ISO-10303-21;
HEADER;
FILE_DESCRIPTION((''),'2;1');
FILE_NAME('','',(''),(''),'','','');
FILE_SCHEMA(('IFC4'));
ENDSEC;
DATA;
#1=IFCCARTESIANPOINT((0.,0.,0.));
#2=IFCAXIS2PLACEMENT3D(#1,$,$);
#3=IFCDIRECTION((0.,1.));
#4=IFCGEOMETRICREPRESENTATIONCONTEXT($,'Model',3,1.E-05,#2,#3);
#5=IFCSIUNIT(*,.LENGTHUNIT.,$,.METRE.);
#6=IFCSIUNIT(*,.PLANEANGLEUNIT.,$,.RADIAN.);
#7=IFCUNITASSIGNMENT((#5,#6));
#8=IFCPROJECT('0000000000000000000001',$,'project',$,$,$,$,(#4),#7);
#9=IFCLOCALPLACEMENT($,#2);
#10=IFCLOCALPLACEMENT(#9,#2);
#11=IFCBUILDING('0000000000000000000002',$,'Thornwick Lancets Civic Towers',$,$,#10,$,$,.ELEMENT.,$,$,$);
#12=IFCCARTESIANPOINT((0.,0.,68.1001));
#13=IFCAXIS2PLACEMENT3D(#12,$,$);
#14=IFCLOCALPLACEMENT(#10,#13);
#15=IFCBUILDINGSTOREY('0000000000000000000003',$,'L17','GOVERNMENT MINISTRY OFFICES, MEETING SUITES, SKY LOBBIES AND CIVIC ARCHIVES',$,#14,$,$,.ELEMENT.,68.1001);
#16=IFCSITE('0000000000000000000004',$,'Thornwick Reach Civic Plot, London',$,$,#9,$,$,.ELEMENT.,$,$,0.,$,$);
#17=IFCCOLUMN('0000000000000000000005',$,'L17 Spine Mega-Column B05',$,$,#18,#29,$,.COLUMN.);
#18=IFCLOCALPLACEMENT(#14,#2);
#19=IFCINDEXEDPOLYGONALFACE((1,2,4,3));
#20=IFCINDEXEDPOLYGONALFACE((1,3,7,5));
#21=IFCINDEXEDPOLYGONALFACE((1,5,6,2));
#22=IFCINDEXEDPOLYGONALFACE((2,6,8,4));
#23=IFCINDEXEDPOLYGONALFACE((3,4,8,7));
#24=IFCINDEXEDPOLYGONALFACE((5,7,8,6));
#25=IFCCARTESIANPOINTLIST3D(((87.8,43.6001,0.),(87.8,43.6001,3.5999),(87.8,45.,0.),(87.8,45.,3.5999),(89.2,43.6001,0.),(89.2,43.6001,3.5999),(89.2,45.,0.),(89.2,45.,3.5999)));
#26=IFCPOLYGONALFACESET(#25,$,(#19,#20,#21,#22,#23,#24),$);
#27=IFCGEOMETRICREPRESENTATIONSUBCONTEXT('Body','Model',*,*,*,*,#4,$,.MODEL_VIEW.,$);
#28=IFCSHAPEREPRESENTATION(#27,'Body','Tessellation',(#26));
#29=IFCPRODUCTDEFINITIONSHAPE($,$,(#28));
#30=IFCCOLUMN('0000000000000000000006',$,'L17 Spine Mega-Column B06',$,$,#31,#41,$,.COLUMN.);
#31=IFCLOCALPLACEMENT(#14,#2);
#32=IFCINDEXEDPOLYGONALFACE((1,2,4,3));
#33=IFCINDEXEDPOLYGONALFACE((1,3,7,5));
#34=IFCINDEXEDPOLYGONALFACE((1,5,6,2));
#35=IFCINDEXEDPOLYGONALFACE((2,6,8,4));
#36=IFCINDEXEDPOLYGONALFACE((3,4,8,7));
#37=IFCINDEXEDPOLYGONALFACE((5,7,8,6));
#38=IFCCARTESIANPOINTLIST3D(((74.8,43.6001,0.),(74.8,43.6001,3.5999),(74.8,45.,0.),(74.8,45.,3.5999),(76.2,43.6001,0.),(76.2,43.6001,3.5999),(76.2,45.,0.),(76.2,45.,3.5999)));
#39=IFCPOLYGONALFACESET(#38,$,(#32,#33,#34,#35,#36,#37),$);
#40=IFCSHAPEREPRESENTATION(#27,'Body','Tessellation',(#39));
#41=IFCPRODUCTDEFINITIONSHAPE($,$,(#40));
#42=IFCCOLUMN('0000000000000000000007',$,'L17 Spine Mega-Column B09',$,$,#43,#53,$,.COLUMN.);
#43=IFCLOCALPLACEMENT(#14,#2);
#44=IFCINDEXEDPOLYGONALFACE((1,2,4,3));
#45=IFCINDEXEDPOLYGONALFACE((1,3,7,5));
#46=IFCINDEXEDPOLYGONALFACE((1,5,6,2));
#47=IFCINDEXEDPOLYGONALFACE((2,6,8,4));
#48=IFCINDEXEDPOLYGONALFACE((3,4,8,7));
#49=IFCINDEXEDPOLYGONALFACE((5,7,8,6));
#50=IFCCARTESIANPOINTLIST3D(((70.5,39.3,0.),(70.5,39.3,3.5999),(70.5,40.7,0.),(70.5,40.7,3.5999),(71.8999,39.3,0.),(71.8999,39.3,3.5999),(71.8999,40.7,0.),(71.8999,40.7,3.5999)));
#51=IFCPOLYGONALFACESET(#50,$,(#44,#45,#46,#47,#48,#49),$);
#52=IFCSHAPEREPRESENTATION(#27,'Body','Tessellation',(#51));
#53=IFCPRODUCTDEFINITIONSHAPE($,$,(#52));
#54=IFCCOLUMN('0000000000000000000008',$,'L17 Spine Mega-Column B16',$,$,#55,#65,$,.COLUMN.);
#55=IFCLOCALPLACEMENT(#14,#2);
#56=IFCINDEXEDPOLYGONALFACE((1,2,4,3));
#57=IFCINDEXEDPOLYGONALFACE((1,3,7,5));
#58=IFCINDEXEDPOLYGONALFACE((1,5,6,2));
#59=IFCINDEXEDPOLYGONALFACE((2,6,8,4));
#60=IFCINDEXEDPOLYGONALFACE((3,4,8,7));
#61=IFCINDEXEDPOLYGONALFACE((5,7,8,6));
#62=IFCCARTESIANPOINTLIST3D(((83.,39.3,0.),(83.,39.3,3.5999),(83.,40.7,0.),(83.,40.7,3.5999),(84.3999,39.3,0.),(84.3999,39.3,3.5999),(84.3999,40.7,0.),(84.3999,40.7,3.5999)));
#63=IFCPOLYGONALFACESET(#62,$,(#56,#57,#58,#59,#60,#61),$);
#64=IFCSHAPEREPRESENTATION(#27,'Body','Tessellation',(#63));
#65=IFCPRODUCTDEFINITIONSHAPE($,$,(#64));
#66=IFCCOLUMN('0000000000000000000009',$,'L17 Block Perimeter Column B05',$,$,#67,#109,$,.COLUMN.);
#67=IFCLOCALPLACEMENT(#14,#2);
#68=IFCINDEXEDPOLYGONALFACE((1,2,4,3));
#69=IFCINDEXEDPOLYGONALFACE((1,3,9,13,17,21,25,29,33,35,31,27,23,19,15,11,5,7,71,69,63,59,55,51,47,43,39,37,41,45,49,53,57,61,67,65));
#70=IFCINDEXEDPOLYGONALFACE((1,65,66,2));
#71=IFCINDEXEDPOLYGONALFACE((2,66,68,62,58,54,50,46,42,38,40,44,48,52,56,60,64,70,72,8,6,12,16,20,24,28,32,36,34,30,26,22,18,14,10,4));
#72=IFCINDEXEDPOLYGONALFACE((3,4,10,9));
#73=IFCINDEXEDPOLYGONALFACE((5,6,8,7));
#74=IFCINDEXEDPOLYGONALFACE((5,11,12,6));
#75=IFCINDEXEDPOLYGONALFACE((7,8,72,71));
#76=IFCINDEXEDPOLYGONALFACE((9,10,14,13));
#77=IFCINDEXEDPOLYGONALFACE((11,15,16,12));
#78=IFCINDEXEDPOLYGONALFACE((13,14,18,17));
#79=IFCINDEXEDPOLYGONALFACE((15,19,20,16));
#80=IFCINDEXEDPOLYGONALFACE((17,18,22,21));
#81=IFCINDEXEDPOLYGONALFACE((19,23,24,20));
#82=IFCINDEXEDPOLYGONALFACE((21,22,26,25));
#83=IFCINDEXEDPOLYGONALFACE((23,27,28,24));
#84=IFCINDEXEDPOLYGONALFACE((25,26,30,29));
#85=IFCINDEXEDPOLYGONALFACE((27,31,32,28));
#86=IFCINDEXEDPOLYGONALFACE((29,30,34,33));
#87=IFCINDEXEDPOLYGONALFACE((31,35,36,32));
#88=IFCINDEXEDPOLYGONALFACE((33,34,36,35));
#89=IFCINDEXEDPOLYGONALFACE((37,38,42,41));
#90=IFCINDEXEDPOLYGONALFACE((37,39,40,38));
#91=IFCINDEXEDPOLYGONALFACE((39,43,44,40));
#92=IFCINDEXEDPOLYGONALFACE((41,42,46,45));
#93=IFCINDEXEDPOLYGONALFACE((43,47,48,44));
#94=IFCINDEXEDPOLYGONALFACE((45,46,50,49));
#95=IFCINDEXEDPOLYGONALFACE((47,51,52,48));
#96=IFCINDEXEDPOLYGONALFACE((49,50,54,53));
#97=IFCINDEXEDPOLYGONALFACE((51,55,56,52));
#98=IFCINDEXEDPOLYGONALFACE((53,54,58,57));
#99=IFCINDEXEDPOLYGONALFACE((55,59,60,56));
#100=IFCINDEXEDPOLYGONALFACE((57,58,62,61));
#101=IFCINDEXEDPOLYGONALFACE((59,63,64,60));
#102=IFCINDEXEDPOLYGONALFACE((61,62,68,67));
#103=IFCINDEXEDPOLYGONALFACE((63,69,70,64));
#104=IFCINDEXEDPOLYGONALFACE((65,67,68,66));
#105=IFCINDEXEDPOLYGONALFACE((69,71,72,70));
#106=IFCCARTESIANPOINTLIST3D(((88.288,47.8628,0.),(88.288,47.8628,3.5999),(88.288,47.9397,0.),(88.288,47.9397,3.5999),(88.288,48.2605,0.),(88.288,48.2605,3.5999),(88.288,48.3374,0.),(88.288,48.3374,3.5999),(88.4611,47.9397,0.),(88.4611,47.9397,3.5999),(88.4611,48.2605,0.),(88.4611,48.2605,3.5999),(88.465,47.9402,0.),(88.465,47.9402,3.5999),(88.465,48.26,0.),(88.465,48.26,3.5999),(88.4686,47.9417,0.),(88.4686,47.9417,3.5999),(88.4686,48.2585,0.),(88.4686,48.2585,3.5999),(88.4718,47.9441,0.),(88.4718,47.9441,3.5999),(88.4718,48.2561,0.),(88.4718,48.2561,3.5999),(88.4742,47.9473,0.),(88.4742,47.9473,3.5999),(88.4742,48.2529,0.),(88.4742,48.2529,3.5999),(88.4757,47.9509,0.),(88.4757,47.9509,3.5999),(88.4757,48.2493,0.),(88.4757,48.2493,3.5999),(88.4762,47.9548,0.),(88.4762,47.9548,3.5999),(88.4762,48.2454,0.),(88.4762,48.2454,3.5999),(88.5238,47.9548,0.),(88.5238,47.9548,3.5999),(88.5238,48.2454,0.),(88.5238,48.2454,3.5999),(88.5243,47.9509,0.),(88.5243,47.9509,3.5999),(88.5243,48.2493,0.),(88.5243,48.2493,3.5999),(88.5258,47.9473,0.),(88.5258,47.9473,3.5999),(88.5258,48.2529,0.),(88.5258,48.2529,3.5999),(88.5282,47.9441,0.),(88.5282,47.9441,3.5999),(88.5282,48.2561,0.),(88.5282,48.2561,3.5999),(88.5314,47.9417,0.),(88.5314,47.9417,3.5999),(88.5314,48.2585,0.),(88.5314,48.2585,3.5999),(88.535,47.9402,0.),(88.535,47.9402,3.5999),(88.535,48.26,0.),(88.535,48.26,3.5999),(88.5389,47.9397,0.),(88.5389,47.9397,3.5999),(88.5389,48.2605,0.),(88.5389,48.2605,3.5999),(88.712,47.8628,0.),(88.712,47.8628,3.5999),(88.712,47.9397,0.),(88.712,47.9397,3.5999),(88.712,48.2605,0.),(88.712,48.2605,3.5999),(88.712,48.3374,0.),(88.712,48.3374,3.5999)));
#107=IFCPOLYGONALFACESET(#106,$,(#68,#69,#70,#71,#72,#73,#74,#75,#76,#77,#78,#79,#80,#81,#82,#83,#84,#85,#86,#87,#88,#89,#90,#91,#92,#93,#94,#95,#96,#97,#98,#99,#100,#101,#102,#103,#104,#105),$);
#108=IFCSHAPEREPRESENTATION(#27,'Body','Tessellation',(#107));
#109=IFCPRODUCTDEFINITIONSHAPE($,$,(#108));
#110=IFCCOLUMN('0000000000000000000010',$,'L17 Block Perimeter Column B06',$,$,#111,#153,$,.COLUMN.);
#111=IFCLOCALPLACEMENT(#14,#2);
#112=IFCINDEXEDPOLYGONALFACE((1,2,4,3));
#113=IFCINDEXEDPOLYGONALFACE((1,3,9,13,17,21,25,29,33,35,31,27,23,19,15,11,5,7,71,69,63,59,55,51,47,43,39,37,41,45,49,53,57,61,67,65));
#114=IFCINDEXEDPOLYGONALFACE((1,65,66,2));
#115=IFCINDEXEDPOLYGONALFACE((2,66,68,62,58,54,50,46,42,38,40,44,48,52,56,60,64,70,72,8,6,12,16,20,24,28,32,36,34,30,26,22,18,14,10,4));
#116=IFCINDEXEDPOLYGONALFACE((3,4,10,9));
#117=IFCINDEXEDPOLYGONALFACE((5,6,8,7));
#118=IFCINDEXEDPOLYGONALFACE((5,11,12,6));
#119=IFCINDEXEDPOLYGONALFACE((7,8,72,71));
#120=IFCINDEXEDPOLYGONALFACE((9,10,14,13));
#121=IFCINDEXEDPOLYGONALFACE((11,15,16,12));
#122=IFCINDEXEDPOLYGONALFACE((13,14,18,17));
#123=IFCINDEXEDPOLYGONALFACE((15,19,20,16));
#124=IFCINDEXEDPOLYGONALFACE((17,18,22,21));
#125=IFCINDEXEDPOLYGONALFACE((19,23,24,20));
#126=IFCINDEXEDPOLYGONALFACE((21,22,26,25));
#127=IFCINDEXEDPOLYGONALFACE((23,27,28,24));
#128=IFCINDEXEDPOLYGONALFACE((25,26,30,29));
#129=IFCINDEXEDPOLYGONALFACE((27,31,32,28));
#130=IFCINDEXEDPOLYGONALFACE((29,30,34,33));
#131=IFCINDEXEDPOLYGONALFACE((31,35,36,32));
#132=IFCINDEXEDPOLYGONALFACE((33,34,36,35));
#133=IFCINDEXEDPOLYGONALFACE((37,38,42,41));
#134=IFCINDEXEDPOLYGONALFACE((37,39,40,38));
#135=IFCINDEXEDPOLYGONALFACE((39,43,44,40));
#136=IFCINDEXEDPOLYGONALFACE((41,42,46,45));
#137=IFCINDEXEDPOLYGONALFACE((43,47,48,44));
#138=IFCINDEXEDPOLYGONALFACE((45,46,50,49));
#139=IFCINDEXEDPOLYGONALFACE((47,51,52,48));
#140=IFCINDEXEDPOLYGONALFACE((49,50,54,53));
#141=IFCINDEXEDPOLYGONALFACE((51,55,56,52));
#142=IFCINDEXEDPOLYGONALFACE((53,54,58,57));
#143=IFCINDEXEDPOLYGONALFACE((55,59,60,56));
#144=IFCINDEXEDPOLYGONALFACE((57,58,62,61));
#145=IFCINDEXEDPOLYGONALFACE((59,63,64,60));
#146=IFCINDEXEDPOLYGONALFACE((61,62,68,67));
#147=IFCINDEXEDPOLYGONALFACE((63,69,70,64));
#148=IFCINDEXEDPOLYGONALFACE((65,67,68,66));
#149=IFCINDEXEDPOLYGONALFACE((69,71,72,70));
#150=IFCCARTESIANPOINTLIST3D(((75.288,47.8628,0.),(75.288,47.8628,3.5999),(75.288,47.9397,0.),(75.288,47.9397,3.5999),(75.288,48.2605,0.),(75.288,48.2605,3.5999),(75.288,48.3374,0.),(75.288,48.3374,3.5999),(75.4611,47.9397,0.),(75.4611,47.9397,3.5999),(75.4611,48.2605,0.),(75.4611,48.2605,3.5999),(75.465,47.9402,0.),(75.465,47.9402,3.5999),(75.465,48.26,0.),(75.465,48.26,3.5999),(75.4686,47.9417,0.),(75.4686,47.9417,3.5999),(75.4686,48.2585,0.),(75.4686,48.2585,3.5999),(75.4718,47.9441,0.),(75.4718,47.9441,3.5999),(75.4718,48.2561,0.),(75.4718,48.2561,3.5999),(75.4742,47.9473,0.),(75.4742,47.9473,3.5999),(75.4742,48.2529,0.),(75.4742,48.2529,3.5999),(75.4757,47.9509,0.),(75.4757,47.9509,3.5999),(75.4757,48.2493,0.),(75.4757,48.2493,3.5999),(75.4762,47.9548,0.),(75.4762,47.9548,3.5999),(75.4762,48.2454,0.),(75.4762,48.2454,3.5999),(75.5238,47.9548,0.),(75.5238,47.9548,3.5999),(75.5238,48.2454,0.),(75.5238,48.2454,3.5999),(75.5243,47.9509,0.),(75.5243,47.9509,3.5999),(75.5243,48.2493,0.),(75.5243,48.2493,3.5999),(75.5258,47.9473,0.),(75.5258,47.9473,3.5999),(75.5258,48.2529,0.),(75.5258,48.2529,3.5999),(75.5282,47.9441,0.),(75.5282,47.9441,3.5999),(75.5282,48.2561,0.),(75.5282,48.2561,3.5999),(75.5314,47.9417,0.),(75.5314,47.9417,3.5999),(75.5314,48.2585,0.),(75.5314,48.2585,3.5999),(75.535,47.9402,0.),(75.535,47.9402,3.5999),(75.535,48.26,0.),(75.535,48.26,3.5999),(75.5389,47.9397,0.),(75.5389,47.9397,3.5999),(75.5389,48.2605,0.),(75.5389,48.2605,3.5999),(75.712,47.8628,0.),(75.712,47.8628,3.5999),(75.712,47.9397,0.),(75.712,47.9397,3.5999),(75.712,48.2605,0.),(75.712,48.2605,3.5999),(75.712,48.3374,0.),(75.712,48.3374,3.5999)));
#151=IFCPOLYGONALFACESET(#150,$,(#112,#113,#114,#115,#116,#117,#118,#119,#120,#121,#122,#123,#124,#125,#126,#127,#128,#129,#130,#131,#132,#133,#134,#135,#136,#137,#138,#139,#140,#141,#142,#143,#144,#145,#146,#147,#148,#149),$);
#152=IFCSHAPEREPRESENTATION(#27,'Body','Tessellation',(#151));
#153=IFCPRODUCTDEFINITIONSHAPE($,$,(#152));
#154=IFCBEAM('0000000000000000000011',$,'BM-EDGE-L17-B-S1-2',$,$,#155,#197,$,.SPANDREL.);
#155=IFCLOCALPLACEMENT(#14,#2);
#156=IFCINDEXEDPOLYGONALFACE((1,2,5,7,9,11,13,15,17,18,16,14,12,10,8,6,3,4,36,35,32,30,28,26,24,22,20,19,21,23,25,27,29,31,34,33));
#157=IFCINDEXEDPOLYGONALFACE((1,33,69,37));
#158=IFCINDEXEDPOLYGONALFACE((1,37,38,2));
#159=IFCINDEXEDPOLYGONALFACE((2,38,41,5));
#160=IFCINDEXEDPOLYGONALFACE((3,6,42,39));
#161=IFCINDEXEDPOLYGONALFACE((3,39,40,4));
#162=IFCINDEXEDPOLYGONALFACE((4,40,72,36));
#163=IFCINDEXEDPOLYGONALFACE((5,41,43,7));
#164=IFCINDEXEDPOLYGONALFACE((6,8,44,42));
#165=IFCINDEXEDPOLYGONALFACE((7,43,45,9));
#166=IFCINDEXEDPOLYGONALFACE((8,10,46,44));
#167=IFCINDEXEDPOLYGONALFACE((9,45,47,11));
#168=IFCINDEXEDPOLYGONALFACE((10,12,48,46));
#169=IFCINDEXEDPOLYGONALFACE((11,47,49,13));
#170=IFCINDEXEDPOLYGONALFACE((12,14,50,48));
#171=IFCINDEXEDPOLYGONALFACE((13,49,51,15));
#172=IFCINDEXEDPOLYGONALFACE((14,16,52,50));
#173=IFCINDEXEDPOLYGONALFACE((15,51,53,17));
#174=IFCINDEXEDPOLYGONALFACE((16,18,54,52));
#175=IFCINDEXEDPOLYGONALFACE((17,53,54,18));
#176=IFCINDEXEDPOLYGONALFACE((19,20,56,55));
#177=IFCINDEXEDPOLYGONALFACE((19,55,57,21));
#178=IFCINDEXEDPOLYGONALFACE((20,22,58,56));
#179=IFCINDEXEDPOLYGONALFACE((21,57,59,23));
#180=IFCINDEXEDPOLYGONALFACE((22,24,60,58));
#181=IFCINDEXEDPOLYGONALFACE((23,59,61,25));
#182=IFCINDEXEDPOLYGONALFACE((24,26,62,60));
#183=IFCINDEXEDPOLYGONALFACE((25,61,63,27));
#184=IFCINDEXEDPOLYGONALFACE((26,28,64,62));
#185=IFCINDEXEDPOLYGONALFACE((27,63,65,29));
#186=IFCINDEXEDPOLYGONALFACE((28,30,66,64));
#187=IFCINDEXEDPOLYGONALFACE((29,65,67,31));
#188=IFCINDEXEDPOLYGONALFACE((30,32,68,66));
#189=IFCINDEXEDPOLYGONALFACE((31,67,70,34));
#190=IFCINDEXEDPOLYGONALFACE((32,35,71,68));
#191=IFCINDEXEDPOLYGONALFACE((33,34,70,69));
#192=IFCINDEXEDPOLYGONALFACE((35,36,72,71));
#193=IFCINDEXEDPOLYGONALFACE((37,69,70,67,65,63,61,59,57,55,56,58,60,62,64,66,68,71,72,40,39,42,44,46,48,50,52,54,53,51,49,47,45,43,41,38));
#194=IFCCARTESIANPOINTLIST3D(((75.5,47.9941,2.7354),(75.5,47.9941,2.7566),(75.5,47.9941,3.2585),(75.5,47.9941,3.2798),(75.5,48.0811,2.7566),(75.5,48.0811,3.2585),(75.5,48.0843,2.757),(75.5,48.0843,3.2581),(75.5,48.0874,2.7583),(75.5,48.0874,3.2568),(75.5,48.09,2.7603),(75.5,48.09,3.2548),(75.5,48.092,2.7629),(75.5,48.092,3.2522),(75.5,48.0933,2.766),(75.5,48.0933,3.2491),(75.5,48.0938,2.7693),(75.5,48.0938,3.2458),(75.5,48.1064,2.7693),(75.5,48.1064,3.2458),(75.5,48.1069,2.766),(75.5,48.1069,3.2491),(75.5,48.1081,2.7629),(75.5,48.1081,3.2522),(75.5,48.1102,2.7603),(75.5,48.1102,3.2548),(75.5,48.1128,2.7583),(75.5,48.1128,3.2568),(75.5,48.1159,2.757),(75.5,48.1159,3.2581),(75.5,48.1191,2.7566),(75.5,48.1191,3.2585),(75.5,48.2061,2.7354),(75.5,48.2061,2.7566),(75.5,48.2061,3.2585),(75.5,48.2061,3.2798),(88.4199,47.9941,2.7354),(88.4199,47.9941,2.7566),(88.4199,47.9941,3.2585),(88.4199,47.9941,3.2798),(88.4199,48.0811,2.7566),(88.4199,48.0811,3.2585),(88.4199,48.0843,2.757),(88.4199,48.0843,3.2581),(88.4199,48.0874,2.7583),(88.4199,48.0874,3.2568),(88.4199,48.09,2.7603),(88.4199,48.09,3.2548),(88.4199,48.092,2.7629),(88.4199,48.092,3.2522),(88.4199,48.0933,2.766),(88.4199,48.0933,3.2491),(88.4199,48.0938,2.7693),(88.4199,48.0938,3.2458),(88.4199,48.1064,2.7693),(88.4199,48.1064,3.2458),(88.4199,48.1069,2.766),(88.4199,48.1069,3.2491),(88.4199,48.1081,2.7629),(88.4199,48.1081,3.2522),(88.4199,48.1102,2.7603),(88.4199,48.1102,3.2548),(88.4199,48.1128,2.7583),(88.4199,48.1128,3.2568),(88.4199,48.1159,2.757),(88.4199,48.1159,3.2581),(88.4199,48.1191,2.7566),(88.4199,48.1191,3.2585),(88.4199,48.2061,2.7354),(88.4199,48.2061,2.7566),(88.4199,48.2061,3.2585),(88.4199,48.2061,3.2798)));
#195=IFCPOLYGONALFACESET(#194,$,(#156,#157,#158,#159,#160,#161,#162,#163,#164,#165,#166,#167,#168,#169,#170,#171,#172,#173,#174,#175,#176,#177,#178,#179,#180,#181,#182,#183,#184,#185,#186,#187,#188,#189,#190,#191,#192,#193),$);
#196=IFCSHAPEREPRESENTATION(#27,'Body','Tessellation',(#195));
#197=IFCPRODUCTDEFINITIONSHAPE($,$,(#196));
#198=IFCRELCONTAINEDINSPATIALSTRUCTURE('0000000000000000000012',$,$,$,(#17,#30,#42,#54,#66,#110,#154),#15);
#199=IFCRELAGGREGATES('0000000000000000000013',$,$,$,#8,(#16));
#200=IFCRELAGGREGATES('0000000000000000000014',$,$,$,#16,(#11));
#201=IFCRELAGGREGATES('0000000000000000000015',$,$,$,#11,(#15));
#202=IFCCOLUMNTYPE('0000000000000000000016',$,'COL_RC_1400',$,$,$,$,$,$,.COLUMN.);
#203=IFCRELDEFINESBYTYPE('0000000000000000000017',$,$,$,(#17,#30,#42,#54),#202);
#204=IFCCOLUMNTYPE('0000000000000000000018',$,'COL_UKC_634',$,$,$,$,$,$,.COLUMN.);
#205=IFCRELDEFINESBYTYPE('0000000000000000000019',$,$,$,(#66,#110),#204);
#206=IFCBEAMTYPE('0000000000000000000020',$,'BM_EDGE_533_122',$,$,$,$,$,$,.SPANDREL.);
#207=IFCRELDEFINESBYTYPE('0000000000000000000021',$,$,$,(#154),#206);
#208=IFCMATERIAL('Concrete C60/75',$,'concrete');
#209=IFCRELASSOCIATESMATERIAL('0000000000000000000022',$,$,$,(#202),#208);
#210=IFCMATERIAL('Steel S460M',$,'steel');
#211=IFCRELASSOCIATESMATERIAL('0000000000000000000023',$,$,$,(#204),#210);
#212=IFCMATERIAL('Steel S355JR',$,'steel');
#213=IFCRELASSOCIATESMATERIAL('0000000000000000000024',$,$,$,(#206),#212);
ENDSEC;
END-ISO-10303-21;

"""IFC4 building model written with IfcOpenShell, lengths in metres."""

from ifc_helpers import new_model, si_unit, direction, frame, origin, origin_2d, place, context, subcontext, project, spatial, rectangle, i_section, extrude, material, material_profile, profile_set, type_object, element, save


model = new_model("IFC4")

# Units and contexts
model_context = context("Model", 3, precision=1e-05, world=origin(), true_north=direction((0.0, 1.0)))
body_context = subcontext(model_context, "Body", "Model", "MODEL_VIEW")
ifc_project = project(units=[si_unit("LENGTHUNIT", "METRE"), si_unit("PLANEANGLEUNIT", "RADIAN")], contexts=[model_context])

# Site, building, storey
site_placement = place(None, origin())
site = spatial("IfcSite", under=ifc_project, at=site_placement, Name="Thornwick Reach Civic Plot, London", CompositionType="ELEMENT", RefElevation=0.0)
building_placement = place(site_placement, origin())
building = spatial("IfcBuilding", under=site, at=building_placement, Name="Thornwick Lancets Civic Towers", CompositionType="ELEMENT")
storey_placement = place(building_placement, frame((0.0, 0.0, 68.1001)))
storey = spatial("IfcBuildingStorey", under=building, at=storey_placement, Name="L17", Description="GOVERNMENT MINISTRY OFFICES, MEETING SUITES, SKY LOBBIES AND CIVIC ARCHIVES", CompositionType="ELEMENT", Elevation=68.1001)

# Columns
ifc_material_1 = material(Name="Concrete C60/75", Category="concrete")
ifc_material_profile_1 = material_profile(ifc_material_1, rectangle(XDim=1.3999, YDim=1.3999, at=origin_2d()), Name="RC 1400x1400")
ifc_profile_set_1 = profile_set([ifc_material_profile_1], Name="Concrete C60/75")
column_type_1 = type_object("IfcColumnType", Name="COL_RC_1400", PredefinedType="COLUMN", material=ifc_profile_set_1)
for number, where, z_axis, x_axis, name in (
    (1, (88.5, 44.3, 0.0), (0.0, 0.0, 1.0), (1.0, 0.0, 0.0), "L17 Spine Mega-Column B05"),
    (2, (75.5, 44.3, 0.0), (0.0, 0.0, 1.0), (1.0, 0.0, 0.0), "L17 Spine Mega-Column B06"),
    (3, (71.2, 40.0, 0.0), (0.0, 0.0, 1.0), (1.0, 0.0, 0.0), "L17 Spine Mega-Column B09"),
    (4, (83.7, 40.0, 0.0), (0.0, 0.0, 1.0), (1.0, 0.0, 0.0), "L17 Spine Mega-Column B16"),
):
    element("IfcColumn", number, at=place(storey_placement, frame(where, z_axis=z_axis, x_axis=x_axis)), inside=storey, type_object=column_type_1, Name=name, PredefinedType="COLUMN", context=body_context, shape_type="SweptSolid", body=[
        extrude(rectangle(XDim=1.3999, YDim=1.3999, at=origin_2d()), origin(), (0.0, 0.0, 1.0), 3.5999),
    ])
ifc_material_2 = material(Name="Steel S460M", Category="steel")
ifc_material_profile_2 = material_profile(ifc_material_2, i_section(OverallWidth=0.4241, OverallDepth=0.4746, WebThickness=0.0476, FlangeThickness=0.0769, FilletRadius=0.0151, at=origin_2d()), Name="UKC 356x406x634")
ifc_profile_set_2 = profile_set([ifc_material_profile_2], Name="Steel S460M")
column_type_2 = type_object("IfcColumnType", Name="COL_UKC_634", PredefinedType="COLUMN", material=ifc_profile_set_2)
for number, where, z_axis, x_axis, name in (
    (5, (88.5, 48.1001, 0.0), (0.0, 0.0, 1.0), (1.0, 0.0, 0.0), "L17 Block Perimeter Column B05"),
    (6, (75.5, 48.1001, 0.0), (0.0, 0.0, 1.0), (1.0, 0.0, 0.0), "L17 Block Perimeter Column B06"),
):
    element("IfcColumn", number, at=place(storey_placement, frame(where, z_axis=z_axis, x_axis=x_axis)), inside=storey, type_object=column_type_2, Name=name, PredefinedType="COLUMN", context=body_context, shape_type="SweptSolid", body=[
        extrude(i_section(OverallWidth=0.4241, OverallDepth=0.4746, WebThickness=0.0476, FlangeThickness=0.0769, FilletRadius=0.0151, at=origin_2d()), origin(), (0.0, 0.0, 1.0), 3.5999),
    ])

# Beam
ifc_material_3 = material(Name="Steel S355JR", Category="steel")
ifc_material_profile_3 = material_profile(ifc_material_3, i_section(OverallWidth=0.2119, OverallDepth=0.5444, WebThickness=0.0127, FlangeThickness=0.0212, FilletRadius=0.0127, at=origin_2d()), Name="UKB 533x210x122")
ifc_profile_set_3 = profile_set([ifc_material_profile_3], Name="Steel S355JR")
beam_type_1 = type_object("IfcBeamType", Name="BM_EDGE_533_122", PredefinedType="SPANDREL", material=ifc_profile_set_3)
beam_1_placement = place(storey_placement, frame((88.4199, 48.1001, 3.0076), z_axis=(-1.0, 0.0, 0.0), x_axis=(0.0, -1.0, 0.0)))
element("IfcBeam", 7, at=beam_1_placement, inside=storey, type_object=beam_type_1, Name="BM-EDGE-L17-B-S1-2", PredefinedType="SPANDREL", context=body_context, shape_type="SweptSolid", body=[
    extrude(i_section(OverallWidth=0.2119, OverallDepth=0.5444, WebThickness=0.0127, FlangeThickness=0.0212, FilletRadius=0.0127, at=origin_2d()), origin(), (0.0, 0.0, 1.0), 12.9199),
])

save(model, "model.ifc")
